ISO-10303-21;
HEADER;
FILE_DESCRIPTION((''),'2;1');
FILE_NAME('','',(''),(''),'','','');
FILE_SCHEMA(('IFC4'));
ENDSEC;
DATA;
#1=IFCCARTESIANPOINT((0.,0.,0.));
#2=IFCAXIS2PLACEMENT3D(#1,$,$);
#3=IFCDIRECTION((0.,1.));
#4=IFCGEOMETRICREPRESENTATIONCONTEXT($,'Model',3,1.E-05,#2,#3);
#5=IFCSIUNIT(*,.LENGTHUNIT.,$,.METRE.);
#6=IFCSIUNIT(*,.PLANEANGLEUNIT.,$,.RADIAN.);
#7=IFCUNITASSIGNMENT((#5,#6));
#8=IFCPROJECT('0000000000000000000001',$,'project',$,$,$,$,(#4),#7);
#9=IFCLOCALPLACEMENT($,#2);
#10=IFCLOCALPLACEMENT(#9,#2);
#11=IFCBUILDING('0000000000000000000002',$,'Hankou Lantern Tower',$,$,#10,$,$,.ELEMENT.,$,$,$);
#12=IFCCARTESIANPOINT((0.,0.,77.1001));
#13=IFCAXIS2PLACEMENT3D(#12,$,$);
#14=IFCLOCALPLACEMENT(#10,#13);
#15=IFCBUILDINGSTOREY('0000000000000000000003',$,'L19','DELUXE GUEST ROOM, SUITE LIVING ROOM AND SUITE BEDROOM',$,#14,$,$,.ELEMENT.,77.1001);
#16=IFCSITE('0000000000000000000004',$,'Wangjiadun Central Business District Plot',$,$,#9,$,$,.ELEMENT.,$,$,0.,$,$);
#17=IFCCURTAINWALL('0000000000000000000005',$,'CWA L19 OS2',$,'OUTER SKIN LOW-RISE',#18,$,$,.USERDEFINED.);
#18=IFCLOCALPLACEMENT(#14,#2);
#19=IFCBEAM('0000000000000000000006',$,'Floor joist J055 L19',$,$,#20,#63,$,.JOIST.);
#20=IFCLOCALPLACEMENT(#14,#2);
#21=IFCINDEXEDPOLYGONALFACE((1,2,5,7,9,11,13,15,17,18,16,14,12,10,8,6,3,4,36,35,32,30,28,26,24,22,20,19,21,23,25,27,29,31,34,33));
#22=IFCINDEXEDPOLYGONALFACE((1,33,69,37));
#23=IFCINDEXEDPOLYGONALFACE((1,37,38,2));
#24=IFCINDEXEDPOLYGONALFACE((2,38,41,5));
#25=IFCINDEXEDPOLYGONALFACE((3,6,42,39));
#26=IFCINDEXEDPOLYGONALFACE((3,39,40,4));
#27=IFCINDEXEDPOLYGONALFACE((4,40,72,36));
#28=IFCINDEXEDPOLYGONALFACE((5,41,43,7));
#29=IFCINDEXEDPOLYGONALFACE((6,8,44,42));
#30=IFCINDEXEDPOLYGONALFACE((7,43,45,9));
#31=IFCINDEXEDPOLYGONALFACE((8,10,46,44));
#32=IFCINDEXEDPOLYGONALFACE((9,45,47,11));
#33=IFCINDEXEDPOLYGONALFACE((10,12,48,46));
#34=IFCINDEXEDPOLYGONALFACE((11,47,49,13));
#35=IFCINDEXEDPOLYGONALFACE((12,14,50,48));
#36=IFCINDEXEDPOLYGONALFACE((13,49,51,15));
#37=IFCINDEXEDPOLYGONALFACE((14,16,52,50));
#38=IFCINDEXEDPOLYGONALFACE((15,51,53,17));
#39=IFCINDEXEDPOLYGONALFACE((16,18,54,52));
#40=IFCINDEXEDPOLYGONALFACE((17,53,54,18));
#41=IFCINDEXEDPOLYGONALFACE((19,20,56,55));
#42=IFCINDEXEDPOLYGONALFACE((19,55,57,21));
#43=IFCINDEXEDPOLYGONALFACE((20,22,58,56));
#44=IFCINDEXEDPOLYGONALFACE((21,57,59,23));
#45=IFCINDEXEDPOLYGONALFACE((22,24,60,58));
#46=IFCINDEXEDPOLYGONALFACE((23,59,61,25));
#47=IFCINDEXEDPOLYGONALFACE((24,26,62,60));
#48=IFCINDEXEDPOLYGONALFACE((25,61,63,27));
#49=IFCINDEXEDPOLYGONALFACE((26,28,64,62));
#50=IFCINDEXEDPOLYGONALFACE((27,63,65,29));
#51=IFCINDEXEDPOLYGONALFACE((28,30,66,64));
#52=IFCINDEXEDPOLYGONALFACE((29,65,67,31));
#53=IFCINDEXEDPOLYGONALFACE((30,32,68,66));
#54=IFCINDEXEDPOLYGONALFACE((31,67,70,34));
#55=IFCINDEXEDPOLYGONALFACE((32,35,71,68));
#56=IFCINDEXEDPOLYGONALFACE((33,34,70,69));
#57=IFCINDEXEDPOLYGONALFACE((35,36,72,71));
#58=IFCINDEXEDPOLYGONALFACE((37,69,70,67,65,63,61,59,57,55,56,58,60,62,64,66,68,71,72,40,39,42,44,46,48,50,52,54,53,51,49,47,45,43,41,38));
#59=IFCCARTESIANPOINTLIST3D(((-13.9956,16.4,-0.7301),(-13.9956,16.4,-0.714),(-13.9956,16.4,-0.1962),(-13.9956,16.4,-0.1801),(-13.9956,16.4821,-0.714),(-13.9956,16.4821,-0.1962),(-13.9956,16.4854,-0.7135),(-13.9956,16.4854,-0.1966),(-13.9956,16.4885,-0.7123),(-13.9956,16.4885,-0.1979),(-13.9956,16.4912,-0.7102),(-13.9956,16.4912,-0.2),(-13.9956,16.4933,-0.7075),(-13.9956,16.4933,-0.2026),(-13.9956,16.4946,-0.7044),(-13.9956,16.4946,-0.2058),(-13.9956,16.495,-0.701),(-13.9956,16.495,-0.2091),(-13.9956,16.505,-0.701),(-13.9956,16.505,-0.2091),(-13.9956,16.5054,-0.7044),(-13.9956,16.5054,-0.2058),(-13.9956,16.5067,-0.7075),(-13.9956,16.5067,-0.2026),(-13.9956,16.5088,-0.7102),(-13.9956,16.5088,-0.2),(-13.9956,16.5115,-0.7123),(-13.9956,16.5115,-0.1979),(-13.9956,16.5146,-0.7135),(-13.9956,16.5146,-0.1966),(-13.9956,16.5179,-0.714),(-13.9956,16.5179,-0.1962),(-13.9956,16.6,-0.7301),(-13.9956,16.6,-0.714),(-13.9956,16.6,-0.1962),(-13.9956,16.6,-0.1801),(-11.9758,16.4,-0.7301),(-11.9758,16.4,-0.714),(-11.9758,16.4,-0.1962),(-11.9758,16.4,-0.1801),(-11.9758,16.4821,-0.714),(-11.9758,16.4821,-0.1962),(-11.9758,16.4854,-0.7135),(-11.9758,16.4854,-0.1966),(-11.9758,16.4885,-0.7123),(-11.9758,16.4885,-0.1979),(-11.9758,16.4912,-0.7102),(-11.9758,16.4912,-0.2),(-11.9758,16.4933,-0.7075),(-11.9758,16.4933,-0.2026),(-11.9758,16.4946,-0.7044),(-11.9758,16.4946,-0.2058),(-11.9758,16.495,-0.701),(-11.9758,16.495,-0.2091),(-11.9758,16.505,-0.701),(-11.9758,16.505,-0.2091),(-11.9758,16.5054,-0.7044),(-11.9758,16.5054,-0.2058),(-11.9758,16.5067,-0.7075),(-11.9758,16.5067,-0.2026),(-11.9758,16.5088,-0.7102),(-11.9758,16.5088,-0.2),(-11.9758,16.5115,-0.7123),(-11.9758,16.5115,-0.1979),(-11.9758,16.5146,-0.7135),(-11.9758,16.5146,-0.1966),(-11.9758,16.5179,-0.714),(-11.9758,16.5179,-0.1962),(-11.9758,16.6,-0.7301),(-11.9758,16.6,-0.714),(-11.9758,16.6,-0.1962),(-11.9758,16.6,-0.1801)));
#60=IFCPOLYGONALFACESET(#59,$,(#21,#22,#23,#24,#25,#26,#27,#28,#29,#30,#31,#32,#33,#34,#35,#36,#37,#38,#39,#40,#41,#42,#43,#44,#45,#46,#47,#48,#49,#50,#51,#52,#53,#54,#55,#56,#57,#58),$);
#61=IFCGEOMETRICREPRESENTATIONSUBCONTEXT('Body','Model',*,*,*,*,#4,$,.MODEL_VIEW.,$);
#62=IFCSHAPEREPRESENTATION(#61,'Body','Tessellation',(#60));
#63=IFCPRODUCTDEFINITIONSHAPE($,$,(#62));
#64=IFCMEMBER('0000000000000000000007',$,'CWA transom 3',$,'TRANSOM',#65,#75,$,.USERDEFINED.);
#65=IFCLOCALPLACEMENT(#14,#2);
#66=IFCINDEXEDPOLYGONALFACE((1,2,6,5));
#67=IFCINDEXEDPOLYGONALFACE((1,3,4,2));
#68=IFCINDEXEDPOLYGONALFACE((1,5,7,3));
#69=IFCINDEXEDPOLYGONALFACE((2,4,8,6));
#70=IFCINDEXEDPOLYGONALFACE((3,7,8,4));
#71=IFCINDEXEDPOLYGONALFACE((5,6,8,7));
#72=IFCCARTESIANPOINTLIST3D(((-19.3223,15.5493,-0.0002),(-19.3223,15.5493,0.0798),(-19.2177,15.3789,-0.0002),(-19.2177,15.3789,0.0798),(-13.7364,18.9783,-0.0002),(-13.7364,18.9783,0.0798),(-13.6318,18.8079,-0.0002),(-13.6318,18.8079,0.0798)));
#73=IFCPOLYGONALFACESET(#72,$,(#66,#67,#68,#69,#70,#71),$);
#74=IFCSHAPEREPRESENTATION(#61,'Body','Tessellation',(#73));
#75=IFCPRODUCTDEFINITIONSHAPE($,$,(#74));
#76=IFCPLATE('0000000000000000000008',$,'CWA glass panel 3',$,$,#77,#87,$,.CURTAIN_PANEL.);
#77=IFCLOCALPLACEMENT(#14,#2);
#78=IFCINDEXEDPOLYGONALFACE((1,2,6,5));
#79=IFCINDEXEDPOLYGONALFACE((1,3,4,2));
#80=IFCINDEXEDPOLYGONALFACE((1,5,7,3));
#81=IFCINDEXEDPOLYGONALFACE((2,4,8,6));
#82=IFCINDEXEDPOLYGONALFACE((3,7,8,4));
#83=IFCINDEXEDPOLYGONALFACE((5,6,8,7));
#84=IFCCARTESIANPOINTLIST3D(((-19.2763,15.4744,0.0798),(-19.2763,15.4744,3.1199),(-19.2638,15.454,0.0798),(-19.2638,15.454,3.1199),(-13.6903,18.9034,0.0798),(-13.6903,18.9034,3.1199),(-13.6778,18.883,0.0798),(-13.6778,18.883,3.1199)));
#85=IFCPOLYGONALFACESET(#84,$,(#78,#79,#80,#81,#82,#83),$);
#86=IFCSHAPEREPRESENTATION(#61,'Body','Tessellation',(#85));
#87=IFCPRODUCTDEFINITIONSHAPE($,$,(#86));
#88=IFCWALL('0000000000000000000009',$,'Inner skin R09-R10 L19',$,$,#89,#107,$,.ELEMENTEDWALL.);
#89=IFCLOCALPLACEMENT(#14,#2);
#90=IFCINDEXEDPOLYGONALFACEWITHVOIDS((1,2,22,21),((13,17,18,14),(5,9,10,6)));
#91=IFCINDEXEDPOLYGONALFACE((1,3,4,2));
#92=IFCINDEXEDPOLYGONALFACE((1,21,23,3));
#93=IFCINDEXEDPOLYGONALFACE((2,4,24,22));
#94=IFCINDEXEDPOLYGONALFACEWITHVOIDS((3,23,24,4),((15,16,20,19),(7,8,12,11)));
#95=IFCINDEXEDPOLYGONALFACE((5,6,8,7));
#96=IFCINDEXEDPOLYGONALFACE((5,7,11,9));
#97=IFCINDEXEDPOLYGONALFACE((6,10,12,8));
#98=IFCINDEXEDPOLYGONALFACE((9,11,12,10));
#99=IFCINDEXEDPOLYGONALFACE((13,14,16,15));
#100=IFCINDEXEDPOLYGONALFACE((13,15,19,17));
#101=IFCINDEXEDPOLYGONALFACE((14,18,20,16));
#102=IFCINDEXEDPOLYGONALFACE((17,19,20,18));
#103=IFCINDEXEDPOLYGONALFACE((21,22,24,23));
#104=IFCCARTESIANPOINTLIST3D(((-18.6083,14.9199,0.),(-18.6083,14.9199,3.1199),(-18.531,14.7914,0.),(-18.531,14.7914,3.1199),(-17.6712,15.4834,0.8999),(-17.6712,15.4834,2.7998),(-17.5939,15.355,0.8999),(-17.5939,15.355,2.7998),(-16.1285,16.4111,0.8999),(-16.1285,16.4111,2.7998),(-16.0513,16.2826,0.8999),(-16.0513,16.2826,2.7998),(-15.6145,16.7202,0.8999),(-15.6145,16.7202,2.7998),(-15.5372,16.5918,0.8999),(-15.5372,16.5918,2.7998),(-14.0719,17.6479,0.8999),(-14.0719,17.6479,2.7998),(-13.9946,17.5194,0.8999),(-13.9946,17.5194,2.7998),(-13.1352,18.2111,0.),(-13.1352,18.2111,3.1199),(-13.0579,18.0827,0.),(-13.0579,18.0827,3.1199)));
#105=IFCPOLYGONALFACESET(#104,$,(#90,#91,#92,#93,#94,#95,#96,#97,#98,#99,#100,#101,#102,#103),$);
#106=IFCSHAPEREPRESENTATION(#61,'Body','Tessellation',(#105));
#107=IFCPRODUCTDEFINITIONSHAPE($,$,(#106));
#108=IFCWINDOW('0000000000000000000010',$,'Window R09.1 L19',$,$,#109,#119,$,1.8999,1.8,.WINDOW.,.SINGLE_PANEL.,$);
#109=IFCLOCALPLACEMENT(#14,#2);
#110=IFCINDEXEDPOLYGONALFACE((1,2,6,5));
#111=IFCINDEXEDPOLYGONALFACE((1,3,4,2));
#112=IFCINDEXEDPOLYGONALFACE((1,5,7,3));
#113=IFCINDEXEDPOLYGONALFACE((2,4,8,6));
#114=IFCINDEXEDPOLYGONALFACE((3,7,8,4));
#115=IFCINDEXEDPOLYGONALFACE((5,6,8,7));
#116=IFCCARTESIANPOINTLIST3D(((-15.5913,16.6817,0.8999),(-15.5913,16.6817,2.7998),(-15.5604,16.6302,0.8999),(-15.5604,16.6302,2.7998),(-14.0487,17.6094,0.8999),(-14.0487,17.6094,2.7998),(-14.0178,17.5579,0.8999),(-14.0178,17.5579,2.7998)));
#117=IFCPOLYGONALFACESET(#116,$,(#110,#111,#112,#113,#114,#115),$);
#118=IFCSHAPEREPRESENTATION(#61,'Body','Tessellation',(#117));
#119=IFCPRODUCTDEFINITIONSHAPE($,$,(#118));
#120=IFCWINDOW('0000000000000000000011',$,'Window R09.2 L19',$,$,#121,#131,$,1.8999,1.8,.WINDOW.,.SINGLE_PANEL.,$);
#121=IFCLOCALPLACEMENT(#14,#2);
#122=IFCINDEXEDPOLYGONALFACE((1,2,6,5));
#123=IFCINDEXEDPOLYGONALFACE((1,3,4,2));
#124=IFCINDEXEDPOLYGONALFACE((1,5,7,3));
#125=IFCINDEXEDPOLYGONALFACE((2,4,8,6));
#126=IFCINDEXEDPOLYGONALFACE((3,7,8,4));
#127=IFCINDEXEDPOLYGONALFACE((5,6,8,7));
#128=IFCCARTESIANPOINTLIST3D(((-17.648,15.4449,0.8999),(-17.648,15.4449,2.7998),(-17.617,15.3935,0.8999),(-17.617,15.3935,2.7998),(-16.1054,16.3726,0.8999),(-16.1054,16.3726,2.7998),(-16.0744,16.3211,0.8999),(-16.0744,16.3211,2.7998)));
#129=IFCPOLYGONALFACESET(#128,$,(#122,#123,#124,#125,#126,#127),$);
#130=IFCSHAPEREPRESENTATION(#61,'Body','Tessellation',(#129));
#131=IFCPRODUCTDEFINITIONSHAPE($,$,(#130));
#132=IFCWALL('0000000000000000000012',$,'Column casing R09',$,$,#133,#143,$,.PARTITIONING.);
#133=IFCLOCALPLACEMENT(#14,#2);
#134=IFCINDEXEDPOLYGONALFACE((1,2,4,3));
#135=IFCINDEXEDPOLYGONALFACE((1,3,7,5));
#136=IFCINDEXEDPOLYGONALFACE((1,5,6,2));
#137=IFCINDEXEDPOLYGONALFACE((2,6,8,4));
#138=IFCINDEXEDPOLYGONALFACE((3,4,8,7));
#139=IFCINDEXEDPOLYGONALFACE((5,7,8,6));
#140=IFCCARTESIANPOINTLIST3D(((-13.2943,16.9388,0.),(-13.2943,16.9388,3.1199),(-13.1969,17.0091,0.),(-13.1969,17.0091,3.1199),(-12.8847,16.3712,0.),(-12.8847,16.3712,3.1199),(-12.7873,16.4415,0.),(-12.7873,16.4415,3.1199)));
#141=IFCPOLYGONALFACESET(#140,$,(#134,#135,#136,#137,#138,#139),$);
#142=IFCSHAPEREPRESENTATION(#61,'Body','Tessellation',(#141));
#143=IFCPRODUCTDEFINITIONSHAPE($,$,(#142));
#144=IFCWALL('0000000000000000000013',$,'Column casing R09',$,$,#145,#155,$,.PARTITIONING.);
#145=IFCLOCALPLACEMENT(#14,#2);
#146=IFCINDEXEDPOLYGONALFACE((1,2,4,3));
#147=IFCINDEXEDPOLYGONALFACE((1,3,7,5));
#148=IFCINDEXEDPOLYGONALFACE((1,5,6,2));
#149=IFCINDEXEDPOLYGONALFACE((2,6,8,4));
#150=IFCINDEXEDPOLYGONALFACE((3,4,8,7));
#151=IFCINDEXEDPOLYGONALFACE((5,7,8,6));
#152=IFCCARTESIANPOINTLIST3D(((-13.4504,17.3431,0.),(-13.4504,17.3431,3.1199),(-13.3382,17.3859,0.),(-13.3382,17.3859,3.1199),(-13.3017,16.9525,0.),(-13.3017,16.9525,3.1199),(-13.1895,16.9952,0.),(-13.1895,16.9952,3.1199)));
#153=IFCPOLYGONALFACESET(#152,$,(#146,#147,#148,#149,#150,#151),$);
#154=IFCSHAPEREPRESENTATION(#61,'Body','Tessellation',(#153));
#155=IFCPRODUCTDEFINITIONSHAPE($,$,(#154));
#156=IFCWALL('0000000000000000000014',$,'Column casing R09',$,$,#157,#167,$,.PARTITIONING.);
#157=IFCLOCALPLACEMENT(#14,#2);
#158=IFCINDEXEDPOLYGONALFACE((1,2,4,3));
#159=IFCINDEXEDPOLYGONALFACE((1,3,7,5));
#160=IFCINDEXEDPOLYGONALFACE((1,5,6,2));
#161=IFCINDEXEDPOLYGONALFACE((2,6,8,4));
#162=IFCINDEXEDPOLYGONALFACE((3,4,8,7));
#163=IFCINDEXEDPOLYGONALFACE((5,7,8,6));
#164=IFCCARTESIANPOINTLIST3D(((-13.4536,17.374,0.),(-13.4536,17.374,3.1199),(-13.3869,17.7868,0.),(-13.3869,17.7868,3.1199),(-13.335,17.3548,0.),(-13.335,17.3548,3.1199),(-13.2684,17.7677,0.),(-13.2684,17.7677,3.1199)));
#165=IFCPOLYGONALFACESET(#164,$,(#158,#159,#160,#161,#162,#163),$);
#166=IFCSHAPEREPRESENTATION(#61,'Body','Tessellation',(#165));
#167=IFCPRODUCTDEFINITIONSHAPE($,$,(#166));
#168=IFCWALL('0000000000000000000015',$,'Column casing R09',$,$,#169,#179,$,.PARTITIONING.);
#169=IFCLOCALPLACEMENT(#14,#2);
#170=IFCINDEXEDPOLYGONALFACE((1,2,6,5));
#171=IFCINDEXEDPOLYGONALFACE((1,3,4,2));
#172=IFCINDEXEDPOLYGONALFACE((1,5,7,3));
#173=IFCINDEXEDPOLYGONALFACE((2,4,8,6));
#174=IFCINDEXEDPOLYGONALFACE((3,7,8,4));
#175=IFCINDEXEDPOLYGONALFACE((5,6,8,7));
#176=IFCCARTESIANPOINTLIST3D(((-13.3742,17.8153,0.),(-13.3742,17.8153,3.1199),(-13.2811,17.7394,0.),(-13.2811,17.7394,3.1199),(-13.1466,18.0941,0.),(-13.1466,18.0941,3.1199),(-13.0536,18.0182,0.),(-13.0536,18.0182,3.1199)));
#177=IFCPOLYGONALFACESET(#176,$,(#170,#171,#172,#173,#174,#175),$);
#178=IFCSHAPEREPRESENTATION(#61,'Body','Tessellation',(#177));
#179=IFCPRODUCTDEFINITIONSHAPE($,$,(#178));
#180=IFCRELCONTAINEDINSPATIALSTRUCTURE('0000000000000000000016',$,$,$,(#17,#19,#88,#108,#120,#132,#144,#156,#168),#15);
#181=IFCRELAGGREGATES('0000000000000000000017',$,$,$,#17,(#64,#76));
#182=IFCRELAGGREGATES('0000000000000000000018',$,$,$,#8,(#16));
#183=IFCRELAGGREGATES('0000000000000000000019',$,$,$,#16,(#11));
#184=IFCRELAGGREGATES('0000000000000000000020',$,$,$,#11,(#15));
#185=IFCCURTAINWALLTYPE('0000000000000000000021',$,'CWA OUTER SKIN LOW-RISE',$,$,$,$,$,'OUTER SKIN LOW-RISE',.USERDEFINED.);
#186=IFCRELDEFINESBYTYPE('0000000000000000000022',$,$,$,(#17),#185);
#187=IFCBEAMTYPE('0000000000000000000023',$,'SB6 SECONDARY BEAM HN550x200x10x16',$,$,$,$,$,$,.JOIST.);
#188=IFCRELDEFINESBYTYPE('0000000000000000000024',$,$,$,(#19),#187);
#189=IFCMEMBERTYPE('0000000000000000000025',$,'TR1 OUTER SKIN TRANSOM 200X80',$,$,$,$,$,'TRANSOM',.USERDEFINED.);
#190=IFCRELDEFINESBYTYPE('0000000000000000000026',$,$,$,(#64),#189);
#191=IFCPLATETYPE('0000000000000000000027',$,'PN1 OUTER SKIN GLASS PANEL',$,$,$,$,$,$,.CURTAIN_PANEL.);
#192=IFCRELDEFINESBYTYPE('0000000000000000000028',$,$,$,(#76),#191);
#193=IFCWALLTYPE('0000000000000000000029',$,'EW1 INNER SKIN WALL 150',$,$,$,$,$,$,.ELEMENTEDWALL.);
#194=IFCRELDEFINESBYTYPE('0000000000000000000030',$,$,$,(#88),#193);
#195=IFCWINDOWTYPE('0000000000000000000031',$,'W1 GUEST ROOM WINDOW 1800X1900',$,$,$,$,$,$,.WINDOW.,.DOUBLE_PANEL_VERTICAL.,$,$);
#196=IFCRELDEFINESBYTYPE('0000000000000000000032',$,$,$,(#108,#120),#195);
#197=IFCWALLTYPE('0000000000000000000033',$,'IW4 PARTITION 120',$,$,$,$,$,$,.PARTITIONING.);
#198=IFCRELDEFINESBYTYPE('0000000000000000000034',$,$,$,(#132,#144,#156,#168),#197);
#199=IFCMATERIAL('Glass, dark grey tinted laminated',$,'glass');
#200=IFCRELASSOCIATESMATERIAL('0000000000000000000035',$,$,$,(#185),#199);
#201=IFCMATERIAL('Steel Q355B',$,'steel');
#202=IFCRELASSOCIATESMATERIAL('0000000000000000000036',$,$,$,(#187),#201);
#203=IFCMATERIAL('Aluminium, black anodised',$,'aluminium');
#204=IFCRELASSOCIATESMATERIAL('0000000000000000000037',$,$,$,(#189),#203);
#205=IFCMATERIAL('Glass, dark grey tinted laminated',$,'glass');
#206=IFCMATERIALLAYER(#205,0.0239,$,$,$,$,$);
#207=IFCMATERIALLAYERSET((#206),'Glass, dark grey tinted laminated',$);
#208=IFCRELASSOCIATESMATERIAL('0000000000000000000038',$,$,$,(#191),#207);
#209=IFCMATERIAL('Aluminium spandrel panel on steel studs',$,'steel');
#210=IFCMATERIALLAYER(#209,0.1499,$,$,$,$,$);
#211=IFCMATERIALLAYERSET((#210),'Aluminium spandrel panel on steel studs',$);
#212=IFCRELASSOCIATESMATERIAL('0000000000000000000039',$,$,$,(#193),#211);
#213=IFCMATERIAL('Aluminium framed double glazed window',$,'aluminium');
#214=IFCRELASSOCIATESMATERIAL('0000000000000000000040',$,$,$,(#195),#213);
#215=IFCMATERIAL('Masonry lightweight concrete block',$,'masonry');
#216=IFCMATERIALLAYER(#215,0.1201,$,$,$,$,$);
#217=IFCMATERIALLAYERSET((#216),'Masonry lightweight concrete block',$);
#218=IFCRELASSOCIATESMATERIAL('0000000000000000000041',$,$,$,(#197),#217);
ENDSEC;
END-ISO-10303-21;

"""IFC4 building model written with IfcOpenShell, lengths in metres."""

from ifc_helpers import new_model, si_unit, direction, frame, frame_2d, origin, origin_2d, place, context, subcontext, project, spatial, rectangle, i_section, extrude, material, layer, layer_set, material_profile, profile_set, type_object, element, fill, aggregate, save


model = new_model("IFC4")

# Units and contexts
model_context = context("Model", 3, precision=1e-05, world=origin(), true_north=direction((0.0, 1.0)))
body_context = subcontext(model_context, "Body", "Model", "MODEL_VIEW")
ifc_project = project(units=[si_unit("LENGTHUNIT", "METRE"), si_unit("PLANEANGLEUNIT", "RADIAN")], contexts=[model_context])

# Site, building, storey
site_placement = place(None, origin())
site = spatial("IfcSite", under=ifc_project, at=site_placement, Name="Wangjiadun Central Business District Plot", CompositionType="ELEMENT", RefElevation=0.0)
building_placement = place(site_placement, origin())
building = spatial("IfcBuilding", under=site, at=building_placement, Name="Hankou Lantern Tower", CompositionType="ELEMENT")
storey_placement = place(building_placement, frame((0.0, 0.0, 77.1001)))
storey = spatial("IfcBuildingStorey", under=building, at=storey_placement, Name="L19", Description="DELUXE GUEST ROOM, SUITE LIVING ROOM AND SUITE BEDROOM", CompositionType="ELEMENT", Elevation=77.1001)

# Curtain wall
ifc_material_1 = material(Name="Glass, dark grey tinted laminated", Category="glass")
curtain_wall_type = type_object("IfcCurtainWallType", Name="CWA OUTER SKIN LOW-RISE", ElementType="OUTER SKIN LOW-RISE", PredefinedType="USERDEFINED", material=ifc_material_1)
curtain_wall_placement = place(storey_placement, origin())
curtain_wall = element("IfcCurtainWall", 1, at=curtain_wall_placement, inside=storey, type_object=curtain_wall_type, Name="CWA L19 OS2", ObjectType="OUTER SKIN LOW-RISE", PredefinedType="USERDEFINED")

# Beam
ifc_material_2 = material(Name="Steel Q355B", Category="steel")
ifc_material_profile_1 = material_profile(ifc_material_2, i_section(OverallWidth=0.2, OverallDepth=0.55, WebThickness=0.01, FlangeThickness=0.0161, FilletRadius=0.0129, at=origin_2d()), Name="HN550x200x10x16")
ifc_profile_set_1 = profile_set([ifc_material_profile_1], Name="Steel Q355B")
beam_type_1 = type_object("IfcBeamType", Name="SB6 SECONDARY BEAM HN550x200x10x16", PredefinedType="JOIST", material=ifc_profile_set_1)
beam_1_placement = place(storey_placement, frame((-13.9956, 16.5, -0.4551), z_axis=(1.0, 0.0, 0.0), x_axis=(0.0, 1.0, 0.0)))
element("IfcBeam", 2, at=beam_1_placement, inside=storey, type_object=beam_type_1, Name="Floor joist J055 L19", PredefinedType="JOIST", context=body_context, shape_type="SweptSolid", body=[
    extrude(i_section(OverallWidth=0.2, OverallDepth=0.55, WebThickness=0.01, FlangeThickness=0.0161, FilletRadius=0.0129, at=origin_2d()), origin(), (0.0, 0.0, 1.0), 2.0198),
])

# Member
ifc_material_3 = material(Name="Aluminium, black anodised", Category="aluminium")
ifc_material_profile_2 = material_profile(ifc_material_3, rectangle(XDim=0.2, YDim=0.0801, at=origin_2d()), Name="TR1 200X80")
ifc_profile_set_2 = profile_set([ifc_material_profile_2], Name="Aluminium, black anodised")
member_type_1 = type_object("IfcMemberType", Name="TR1 OUTER SKIN TRANSOM 200X80", ElementType="TRANSOM", PredefinedType="USERDEFINED", material=ifc_profile_set_2)
member_1_placement = place(storey_placement, frame((-13.6841, 18.8931, 0.0398), z_axis=(-0.85224, -0.523152, 0.0), x_axis=(0.523152, -0.85224, 0.0)))
member_1 = element("IfcMember", 3, at=member_1_placement, type_object=member_type_1, Name="CWA transom 3", ObjectType="TRANSOM", PredefinedType="USERDEFINED", context=body_context, shape_type="SweptSolid", body=[
    extrude(rectangle(XDim=0.2, YDim=0.0801, at=origin_2d()), origin(), (0.0, 0.0, 1.0), 6.5544),
])

# Plate
ifc_material_4 = material(Name="Glass, dark grey tinted laminated", Category="glass")
ifc_layer_1 = layer(ifc_material_4, 0.0239)
ifc_layer_set_1 = layer_set([ifc_layer_1], Name="Glass, dark grey tinted laminated")
plate_type = type_object("IfcPlateType", Name="PN1 OUTER SKIN GLASS PANEL", PredefinedType="CURTAIN_PANEL", material=ifc_layer_set_1)
plate_placement = place(storey_placement, frame((-16.4771, 17.1787, 0.0798), z_axis=(0.0, 0.0, 1.0), x_axis=(-0.852237, -0.523156, 0.0)))
plate = element("IfcPlate", 4, at=plate_placement, type_object=plate_type, Name="CWA glass panel 3", PredefinedType="CURTAIN_PANEL", context=body_context, shape_type="SweptSolid", body=[
    extrude(rectangle(XDim=6.5544, YDim=0.0239, at=origin_2d()), origin(), (0.0, 0.0, 1.0), 3.04),
])
aggregate(curtain_wall, [member_1, plate])

# Wall, openings, windows
ifc_material_5 = material(Name="Aluminium spandrel panel on steel studs", Category="steel")
ifc_layer_2 = layer(ifc_material_5, 0.1499)
ifc_layer_set_2 = layer_set([ifc_layer_2], Name="Aluminium spandrel panel on steel studs")
wall_type_1 = type_object("IfcWallType", Name="EW1 INNER SKIN WALL 150", PredefinedType="ELEMENTEDWALL", material=ifc_layer_set_2)
wall_1_placement = place(storey_placement, frame((-13.0964, 18.147, 0.0), z_axis=(0.0, 0.0, 1.0), x_axis=(-0.856983, -0.515344, 0.0)))
wall_1 = element("IfcWall", 5, at=wall_1_placement, inside=storey, type_object=wall_type_1, Name="Inner skin R09-R10 L19", PredefinedType="ELEMENTEDWALL", context=body_context, shape_type="SweptSolid", body=[
    extrude(rectangle(XDim=6.3865, YDim=0.1499, at=frame_2d((3.1934, 0.0))), origin(), (0.0, 0.0, 1.0), 3.1199),
])
opening_1_placement = place(wall_1_placement, frame((1.0933, 0.0, 0.8999)))
opening_1 = element("IfcOpeningElement", 6, at=opening_1_placement, cuts=wall_1, PredefinedType="OPENING", context=body_context, shape_type="SweptSolid", body=[
    extrude(rectangle(XDim=1.8, YDim=1.8999, at=frame_2d((0.8999, 0.95))), frame((0.0, 0.085, 0.0), z_axis=(0.0, -1.0, 0.0), x_axis=(1.0, 0.0, 0.0)), (0.0, 0.0, 1.0), 0.1699),
])
opening_2_placement = place(wall_1_placement, frame((3.4932, 0.0, 0.8999)))
opening_2 = element("IfcOpeningElement", 7, at=opening_2_placement, cuts=wall_1, PredefinedType="OPENING", context=body_context, shape_type="SweptSolid", body=[
    extrude(rectangle(XDim=1.8, YDim=1.8999, at=frame_2d((0.8999, 0.95))), frame((0.0, 0.085, 0.0), z_axis=(0.0, -1.0, 0.0), x_axis=(1.0, 0.0, 0.0)), (0.0, 0.0, 1.0), 0.1699),
])
ifc_material_6 = material(Name="Aluminium framed double glazed window", Category="aluminium")
window_type = type_object("IfcWindowType", Name="W1 GUEST ROOM WINDOW 1800X1900", PartitioningType="DOUBLE_PANEL_VERTICAL", PredefinedType="WINDOW", material=ifc_material_6)
window_1_placement = place(opening_1_placement, origin())
window_1 = element("IfcWindow", 8, at=window_1_placement, inside=storey, type_object=window_type, Name="Window R09.1 L19", OverallHeight=1.8999, OverallWidth=1.8, PartitioningType="SINGLE_PANEL", PredefinedType="WINDOW", context=body_context, shape_type="SweptSolid", body=[
    extrude(rectangle(XDim=1.8, YDim=1.8999, at=frame_2d((0.8999, 0.95))), frame((0.0, 0.03, 0.0), z_axis=(0.0, -1.0, 0.0), x_axis=(1.0, 0.0, 0.0)), (0.0, 0.0, 1.0), 0.0601),
])
fill(opening_1, window_1)
window_2_placement = place(opening_2_placement, origin())
window_2 = element("IfcWindow", 9, at=window_2_placement, inside=storey, type_object=window_type, Name="Window R09.2 L19", OverallHeight=1.8999, OverallWidth=1.8, PartitioningType="SINGLE_PANEL", PredefinedType="WINDOW", context=body_context, shape_type="SweptSolid", body=[
    extrude(rectangle(XDim=1.8, YDim=1.8999, at=frame_2d((0.8999, 0.95))), frame((0.0, 0.03, 0.0), z_axis=(0.0, -1.0, 0.0), x_axis=(1.0, 0.0, 0.0)), (0.0, 0.0, 1.0), 0.0601),
])
fill(opening_2, window_2)

# Walls
ifc_material_7 = material(Name="Masonry lightweight concrete block", Category="masonry")
ifc_layer_3 = layer(ifc_material_7, 0.1201)
ifc_layer_set_3 = layer_set([ifc_layer_3], Name="Masonry lightweight concrete block")
wall_type_2 = type_object("IfcWallType", Name="IW4 PARTITION 120", PredefinedType="PARTITIONING", material=ifc_layer_set_3)
wall_2_placement = place(storey_placement, frame((-12.8359, 16.4062, 0.0), z_axis=(0.0, 0.0, 1.0), x_axis=(-0.585223, 0.810872, 0.0)))
element("IfcWall", 10, at=wall_2_placement, inside=storey, type_object=wall_type_2, Name="Column casing R09", PredefinedType="PARTITIONING", context=body_context, shape_type="SweptSolid", body=[
    extrude(rectangle(XDim=0.7, YDim=0.1201, at=frame_2d((0.3501, 0.0))), origin(), (0.0, 0.0, 1.0), 3.1199),
])
wall_3_placement = place(storey_placement, frame((-13.2456, 16.9739, 0.0), z_axis=(0.0, 0.0, 1.0), x_axis=(-0.355728, 0.934589, 0.0)))
element("IfcWall", 11, at=wall_3_placement, inside=storey, type_object=wall_type_2, Name="Column casing R09", PredefinedType="PARTITIONING", context=body_context, shape_type="SweptSolid", body=[
    extrude(rectangle(XDim=0.418, YDim=0.1201, at=frame_2d((0.209, 0.0))), origin(), (0.0, 0.0, 1.0), 3.1199),
])
wall_4_placement = place(storey_placement, frame((-13.3943, 17.3645, 0.0), z_axis=(0.0, 0.0, 1.0), x_axis=(0.159379, 0.987217, 0.0)))
element("IfcWall", 12, at=wall_4_placement, inside=storey, type_object=wall_type_2, Name="Column casing R09", PredefinedType="PARTITIONING", context=body_context, shape_type="SweptSolid", body=[
    extrude(rectangle(XDim=0.4182, YDim=0.1201, at=frame_2d((0.209, 0.0))), origin(), (0.0, 0.0, 1.0), 3.1199),
])
wall_5_placement = place(storey_placement, frame((-13.3276, 17.7773, 0.0), z_axis=(0.0, 0.0, 1.0), x_axis=(0.632277, 0.774743, 0.0)))
element("IfcWall", 13, at=wall_5_placement, inside=storey, type_object=wall_type_2, Name="Column casing R09", PredefinedType="PARTITIONING", context=body_context, shape_type="SweptSolid", body=[
    extrude(rectangle(XDim=0.3599, YDim=0.1201, at=frame_2d((0.1799, 0.0))), origin(), (0.0, 0.0, 1.0), 3.1199),
])

save(model, "model.ifc")
